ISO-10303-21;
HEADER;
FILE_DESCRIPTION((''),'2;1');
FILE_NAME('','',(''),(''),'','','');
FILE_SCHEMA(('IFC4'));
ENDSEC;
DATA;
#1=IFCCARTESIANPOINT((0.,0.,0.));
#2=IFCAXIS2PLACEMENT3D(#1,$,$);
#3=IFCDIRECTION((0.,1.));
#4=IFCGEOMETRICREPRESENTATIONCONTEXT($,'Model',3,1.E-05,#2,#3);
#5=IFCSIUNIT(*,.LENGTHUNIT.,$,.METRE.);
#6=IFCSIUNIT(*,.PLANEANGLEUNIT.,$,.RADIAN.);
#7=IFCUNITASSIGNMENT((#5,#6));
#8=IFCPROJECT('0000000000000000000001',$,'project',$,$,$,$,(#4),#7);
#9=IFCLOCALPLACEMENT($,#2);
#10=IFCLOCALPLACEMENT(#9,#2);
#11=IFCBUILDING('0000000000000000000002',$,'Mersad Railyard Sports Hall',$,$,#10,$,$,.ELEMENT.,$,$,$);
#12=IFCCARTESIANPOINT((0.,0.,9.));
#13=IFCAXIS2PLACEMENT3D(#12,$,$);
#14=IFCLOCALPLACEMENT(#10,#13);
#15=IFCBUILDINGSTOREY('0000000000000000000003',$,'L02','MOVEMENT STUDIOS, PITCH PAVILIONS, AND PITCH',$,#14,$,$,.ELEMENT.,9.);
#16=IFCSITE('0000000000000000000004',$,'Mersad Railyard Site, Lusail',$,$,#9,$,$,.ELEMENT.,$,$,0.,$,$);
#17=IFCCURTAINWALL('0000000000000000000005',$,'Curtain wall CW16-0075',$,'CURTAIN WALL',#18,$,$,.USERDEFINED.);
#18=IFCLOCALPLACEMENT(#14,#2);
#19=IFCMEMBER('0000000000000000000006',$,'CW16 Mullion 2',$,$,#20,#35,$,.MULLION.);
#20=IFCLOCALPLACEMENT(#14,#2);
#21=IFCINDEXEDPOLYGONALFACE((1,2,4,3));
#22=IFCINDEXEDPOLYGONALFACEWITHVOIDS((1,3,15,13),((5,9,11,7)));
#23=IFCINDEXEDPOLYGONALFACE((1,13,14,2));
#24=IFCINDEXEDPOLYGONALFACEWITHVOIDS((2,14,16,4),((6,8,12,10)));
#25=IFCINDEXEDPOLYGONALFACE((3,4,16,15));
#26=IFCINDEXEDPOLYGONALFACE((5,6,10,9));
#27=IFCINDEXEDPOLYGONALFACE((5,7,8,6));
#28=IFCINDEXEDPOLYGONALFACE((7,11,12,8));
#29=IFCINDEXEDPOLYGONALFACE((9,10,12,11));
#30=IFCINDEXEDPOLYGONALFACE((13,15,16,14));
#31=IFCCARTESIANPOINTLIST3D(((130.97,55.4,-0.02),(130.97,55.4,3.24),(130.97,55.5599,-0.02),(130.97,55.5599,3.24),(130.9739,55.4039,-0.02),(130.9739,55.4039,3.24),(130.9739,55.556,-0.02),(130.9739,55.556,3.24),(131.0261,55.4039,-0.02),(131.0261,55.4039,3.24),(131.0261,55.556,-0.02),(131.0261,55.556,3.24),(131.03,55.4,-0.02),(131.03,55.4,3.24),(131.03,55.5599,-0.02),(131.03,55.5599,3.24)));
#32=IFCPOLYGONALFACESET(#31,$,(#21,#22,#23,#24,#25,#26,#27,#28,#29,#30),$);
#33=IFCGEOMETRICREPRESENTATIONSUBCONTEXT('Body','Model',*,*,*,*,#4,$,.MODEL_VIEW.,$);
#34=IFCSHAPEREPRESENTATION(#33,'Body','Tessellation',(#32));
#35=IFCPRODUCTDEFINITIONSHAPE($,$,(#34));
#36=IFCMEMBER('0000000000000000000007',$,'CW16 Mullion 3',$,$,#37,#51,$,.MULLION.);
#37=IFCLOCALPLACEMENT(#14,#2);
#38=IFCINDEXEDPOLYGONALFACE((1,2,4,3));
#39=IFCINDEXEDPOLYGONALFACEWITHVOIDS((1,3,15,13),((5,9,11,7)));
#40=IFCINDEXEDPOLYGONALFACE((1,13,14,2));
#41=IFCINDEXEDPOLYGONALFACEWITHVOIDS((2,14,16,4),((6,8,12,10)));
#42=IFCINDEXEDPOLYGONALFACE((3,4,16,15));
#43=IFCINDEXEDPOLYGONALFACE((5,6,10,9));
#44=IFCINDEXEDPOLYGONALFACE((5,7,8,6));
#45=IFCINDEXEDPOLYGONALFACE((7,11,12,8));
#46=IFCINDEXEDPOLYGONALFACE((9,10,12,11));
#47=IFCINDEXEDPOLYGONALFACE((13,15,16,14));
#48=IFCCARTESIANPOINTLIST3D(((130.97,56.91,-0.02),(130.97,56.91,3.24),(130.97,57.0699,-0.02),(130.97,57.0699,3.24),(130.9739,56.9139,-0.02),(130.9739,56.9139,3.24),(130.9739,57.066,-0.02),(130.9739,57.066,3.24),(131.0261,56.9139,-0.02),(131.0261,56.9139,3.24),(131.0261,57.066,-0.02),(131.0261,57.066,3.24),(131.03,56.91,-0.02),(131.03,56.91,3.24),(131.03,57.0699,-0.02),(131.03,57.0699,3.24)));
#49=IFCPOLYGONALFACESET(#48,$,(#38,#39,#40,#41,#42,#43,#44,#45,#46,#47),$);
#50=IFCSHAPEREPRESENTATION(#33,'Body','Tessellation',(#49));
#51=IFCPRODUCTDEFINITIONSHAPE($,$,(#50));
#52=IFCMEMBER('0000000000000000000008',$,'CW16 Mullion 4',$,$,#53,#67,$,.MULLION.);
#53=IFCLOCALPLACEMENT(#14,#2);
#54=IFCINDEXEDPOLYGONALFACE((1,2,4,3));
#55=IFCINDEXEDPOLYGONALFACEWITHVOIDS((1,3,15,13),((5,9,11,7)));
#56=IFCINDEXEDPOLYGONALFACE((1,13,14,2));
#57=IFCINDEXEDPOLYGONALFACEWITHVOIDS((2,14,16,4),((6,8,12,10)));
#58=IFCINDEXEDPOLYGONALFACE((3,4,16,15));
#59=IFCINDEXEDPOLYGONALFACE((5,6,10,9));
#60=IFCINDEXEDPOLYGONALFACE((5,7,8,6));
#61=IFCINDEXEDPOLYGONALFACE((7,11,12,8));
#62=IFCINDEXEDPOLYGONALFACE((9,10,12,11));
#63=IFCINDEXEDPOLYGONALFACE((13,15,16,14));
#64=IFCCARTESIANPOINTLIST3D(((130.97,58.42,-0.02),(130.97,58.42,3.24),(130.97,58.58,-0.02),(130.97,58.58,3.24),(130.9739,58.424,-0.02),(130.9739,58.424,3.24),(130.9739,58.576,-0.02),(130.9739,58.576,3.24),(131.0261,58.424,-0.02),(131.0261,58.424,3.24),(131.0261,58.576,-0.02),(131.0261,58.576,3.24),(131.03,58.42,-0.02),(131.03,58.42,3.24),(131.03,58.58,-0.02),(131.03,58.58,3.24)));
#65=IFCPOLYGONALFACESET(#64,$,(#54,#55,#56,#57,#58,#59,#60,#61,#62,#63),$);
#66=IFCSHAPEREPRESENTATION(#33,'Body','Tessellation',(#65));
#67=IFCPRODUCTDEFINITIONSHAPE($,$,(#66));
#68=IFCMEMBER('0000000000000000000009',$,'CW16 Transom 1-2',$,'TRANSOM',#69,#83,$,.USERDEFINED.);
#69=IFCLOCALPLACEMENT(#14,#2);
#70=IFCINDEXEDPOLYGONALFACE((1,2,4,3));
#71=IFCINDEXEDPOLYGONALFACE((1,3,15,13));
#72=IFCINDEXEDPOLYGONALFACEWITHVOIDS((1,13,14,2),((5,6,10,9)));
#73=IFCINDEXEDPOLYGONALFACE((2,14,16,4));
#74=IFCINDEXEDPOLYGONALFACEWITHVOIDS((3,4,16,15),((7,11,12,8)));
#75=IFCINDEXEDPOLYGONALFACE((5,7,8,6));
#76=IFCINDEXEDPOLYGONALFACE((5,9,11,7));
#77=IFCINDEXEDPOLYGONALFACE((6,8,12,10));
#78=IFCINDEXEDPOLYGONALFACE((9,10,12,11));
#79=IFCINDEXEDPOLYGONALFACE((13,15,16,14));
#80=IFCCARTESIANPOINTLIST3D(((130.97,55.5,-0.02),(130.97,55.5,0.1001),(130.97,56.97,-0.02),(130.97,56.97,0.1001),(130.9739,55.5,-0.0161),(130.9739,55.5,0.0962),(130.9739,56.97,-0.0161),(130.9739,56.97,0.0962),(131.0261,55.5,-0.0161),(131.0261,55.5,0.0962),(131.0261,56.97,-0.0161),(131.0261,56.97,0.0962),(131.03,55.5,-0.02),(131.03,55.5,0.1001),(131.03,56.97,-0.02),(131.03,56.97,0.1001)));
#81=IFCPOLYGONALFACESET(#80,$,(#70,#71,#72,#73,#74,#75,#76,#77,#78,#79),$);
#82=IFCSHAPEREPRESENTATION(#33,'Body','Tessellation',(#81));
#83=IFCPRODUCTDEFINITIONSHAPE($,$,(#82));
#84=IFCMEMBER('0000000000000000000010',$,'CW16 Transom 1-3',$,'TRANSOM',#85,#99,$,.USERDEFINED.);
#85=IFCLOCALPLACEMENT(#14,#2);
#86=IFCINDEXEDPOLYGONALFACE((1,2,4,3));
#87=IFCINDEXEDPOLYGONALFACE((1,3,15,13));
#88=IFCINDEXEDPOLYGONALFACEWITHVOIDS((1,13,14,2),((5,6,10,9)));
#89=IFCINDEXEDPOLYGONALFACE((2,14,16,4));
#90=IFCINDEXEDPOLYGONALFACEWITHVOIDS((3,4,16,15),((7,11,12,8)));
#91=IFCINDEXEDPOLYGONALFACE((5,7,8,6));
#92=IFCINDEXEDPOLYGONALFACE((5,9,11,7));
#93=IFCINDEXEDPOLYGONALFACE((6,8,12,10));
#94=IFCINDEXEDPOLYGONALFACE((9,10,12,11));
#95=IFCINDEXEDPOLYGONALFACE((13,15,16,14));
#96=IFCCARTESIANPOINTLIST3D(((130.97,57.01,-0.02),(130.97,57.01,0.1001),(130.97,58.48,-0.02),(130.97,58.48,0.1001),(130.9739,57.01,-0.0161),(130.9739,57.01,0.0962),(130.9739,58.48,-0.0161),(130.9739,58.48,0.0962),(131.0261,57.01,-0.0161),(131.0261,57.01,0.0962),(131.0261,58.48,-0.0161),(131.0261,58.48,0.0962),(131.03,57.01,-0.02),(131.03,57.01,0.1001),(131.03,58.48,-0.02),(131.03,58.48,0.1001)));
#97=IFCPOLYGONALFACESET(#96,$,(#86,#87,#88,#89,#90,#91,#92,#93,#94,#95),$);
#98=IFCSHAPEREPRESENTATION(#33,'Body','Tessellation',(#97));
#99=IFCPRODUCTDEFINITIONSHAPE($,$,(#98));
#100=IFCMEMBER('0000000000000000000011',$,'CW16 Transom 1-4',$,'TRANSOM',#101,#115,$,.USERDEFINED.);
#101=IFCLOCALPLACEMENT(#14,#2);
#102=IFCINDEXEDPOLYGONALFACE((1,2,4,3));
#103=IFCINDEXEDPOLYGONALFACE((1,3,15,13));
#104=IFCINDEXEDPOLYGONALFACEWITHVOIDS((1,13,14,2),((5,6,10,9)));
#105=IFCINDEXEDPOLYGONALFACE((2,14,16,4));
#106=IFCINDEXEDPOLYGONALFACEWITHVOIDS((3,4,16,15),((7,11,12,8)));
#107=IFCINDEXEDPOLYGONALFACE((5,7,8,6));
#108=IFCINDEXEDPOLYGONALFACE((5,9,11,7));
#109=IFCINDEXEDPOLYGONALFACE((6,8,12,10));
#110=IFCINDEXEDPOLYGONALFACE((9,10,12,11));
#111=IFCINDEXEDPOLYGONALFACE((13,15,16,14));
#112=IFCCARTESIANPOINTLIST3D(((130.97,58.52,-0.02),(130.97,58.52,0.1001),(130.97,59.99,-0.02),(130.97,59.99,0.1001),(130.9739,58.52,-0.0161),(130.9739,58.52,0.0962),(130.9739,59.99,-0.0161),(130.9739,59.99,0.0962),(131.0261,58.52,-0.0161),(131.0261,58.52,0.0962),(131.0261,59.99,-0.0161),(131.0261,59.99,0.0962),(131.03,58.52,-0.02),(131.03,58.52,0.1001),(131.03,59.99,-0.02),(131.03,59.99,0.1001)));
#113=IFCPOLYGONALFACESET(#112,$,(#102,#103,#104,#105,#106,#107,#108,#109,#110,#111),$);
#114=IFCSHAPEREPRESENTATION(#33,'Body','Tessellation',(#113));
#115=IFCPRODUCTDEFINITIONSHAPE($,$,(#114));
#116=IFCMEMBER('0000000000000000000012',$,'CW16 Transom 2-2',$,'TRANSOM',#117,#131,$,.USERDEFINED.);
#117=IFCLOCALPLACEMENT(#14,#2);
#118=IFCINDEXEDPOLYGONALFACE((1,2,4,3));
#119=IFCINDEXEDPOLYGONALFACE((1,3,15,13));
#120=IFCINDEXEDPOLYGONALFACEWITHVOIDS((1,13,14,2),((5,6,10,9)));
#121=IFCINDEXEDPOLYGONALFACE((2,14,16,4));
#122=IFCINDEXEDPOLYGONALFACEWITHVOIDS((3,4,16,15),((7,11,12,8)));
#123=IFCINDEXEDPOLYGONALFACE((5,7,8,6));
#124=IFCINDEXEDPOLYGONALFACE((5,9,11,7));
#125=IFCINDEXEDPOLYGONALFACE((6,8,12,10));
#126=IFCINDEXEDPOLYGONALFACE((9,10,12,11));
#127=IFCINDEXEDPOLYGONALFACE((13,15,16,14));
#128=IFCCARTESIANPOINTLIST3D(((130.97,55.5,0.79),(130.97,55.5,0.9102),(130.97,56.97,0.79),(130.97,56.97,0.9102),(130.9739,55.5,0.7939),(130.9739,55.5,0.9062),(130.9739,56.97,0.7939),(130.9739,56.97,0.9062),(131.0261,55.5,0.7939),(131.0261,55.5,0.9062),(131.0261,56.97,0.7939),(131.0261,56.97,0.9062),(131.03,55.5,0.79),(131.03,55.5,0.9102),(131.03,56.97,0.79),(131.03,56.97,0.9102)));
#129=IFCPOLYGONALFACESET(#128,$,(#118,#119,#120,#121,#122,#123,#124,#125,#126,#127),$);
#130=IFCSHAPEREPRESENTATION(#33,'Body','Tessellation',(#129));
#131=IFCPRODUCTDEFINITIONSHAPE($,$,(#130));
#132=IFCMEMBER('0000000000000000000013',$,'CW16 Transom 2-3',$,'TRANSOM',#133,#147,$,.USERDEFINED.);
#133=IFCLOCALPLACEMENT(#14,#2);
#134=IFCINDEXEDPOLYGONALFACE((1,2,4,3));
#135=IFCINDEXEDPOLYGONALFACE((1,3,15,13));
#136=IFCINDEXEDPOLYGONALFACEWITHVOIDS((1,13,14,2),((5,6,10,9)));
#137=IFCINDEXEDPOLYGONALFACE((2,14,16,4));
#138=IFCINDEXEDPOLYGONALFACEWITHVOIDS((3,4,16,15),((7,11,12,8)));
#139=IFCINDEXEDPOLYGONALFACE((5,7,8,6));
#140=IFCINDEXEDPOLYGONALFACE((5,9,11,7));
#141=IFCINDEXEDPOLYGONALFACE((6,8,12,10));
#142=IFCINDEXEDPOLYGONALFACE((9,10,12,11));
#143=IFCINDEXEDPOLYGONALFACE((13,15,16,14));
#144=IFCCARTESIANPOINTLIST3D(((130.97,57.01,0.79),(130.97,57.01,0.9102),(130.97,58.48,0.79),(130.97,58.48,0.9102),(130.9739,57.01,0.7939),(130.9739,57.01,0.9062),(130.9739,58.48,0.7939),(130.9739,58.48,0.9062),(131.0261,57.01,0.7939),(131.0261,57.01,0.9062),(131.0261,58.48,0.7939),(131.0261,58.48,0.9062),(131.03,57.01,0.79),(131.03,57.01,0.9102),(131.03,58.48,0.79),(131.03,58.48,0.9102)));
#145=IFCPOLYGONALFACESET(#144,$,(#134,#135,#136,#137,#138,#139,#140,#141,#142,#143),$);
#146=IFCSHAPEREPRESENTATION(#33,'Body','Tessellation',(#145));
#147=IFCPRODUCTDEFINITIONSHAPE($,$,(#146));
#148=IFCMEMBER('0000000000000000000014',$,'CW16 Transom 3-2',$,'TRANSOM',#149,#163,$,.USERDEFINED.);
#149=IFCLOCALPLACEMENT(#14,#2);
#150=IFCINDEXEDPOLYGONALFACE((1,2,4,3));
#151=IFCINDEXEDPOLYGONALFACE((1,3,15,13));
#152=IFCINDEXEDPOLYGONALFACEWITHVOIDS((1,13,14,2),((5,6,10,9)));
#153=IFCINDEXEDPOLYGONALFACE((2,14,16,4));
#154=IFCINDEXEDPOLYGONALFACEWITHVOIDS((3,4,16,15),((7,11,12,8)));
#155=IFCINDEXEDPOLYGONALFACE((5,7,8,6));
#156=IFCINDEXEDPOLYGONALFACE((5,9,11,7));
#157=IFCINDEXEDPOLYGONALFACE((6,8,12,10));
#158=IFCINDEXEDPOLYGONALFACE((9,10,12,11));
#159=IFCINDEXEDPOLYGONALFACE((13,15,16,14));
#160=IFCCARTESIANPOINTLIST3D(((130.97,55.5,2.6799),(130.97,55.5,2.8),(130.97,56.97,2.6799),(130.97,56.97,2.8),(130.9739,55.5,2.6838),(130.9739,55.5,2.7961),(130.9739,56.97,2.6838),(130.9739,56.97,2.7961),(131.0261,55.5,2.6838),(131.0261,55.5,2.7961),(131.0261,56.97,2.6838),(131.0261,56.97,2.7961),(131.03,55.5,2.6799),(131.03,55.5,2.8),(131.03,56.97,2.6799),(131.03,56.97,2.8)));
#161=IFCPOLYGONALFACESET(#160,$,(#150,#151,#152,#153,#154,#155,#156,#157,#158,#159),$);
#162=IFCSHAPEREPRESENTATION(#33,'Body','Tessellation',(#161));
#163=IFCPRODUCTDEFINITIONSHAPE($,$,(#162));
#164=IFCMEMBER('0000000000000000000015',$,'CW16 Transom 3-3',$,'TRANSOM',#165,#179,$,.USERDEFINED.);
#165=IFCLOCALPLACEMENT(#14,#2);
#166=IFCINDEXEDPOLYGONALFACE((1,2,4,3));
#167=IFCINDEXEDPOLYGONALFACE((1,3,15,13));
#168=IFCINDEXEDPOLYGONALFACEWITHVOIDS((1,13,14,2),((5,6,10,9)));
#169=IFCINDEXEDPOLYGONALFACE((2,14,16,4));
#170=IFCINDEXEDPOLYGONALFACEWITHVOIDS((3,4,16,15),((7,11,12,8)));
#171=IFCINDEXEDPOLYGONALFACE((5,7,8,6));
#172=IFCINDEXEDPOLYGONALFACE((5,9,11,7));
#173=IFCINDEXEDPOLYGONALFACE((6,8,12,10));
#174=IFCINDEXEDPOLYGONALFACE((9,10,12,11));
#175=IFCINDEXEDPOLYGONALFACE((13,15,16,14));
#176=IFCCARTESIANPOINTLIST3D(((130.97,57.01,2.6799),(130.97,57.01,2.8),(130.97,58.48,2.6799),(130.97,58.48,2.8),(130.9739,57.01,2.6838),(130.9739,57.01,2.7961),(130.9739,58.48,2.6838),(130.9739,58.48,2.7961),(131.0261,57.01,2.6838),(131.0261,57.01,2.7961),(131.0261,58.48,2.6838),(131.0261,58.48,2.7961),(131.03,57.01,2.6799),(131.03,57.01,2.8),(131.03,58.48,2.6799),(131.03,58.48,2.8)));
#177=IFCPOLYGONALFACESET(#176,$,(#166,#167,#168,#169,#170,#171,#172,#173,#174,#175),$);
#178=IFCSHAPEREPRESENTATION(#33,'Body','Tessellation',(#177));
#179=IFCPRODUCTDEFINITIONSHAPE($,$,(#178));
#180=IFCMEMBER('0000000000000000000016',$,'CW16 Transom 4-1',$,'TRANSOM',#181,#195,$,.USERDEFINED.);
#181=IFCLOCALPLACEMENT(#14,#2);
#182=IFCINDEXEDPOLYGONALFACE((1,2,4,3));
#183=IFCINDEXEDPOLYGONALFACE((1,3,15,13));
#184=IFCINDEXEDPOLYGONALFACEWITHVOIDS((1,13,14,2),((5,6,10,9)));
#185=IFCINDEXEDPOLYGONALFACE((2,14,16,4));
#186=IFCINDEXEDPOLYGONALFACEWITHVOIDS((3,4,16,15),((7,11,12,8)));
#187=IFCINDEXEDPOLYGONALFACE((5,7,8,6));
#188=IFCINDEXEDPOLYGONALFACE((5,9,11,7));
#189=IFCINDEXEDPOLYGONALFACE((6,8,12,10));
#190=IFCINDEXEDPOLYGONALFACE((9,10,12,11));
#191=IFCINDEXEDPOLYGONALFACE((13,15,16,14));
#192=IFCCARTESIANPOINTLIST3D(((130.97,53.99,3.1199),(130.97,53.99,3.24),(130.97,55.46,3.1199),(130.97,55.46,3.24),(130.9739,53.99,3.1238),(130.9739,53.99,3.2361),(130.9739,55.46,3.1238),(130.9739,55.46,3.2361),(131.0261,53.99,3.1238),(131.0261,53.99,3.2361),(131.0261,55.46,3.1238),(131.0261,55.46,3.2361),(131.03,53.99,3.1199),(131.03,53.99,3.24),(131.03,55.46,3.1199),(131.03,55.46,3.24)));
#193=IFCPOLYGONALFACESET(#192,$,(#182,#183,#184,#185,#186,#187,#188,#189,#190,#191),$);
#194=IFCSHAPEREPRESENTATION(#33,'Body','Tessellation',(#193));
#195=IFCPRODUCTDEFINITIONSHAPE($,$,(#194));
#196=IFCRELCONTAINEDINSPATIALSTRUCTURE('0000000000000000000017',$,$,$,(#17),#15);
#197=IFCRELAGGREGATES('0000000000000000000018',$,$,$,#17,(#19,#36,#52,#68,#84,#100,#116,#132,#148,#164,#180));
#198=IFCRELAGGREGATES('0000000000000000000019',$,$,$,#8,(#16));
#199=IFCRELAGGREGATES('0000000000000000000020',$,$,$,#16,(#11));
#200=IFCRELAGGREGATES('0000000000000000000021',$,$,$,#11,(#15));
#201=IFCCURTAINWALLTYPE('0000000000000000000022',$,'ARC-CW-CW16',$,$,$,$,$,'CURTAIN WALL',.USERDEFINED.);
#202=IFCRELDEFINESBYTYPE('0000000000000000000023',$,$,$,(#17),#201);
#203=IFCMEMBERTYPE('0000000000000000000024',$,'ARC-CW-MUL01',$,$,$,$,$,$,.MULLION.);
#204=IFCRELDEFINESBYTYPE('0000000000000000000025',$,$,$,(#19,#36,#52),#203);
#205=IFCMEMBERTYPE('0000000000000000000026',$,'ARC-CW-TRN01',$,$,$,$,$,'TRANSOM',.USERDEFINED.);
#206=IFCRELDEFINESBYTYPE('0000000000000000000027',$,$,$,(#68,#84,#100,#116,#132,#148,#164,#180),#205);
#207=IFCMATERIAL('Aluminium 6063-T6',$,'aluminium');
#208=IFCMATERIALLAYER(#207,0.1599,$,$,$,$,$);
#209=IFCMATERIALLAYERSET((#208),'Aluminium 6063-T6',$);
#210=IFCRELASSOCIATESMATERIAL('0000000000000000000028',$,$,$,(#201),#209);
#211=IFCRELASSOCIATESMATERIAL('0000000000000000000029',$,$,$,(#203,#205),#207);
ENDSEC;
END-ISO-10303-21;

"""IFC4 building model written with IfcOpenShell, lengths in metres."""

from ifc_helpers import new_model, si_unit, direction, frame, origin, origin_2d, place, context, subcontext, project, spatial, hollow_rectangle, extrude, material, layer, layer_set, material_profile, profile_set, type_object, element, aggregate, save


model = new_model("IFC4")

# Units and contexts
model_context = context("Model", 3, precision=1e-05, world=origin(), true_north=direction((0.0, 1.0)))
body_context = subcontext(model_context, "Body", "Model", "MODEL_VIEW")
ifc_project = project(units=[si_unit("LENGTHUNIT", "METRE"), si_unit("PLANEANGLEUNIT", "RADIAN")], contexts=[model_context])

# Site, building, storey
site_placement = place(None, origin())
site = spatial("IfcSite", under=ifc_project, at=site_placement, Name="Mersad Railyard Site, Lusail", CompositionType="ELEMENT", RefElevation=0.0)
building_placement = place(site_placement, origin())
building = spatial("IfcBuilding", under=site, at=building_placement, Name="Mersad Railyard Sports Hall", CompositionType="ELEMENT")
storey_placement = place(building_placement, frame((0.0, 0.0, 9.0)))
storey = spatial("IfcBuildingStorey", under=building, at=storey_placement, Name="L02", Description="MOVEMENT STUDIOS, PITCH PAVILIONS, AND PITCH", CompositionType="ELEMENT", Elevation=9.0)

# Curtain wall, members
ifc_material_1 = material(Name="Aluminium 6063-T6", Category="aluminium")
ifc_layer_1 = layer(ifc_material_1, 0.1599)
ifc_layer_set_1 = layer_set([ifc_layer_1], Name="Aluminium 6063-T6")
curtain_wall_type = type_object("IfcCurtainWallType", Name="ARC-CW-CW16", ElementType="CURTAIN WALL", PredefinedType="USERDEFINED", material=ifc_layer_set_1)
curtain_wall_placement = place(storey_placement, origin())
curtain_wall = element("IfcCurtainWall", 1, at=curtain_wall_placement, inside=storey, type_object=curtain_wall_type, Name="Curtain wall CW16-0075", ObjectType="CURTAIN WALL", PredefinedType="USERDEFINED")
ifc_material_profile_1 = material_profile(ifc_material_1, hollow_rectangle(XDim=0.0601, YDim=0.1599, WallThickness=0.0039, at=origin_2d()), Name="AL MULLION 60x160x4")
ifc_profile_set_1 = profile_set([ifc_material_profile_1], Name="Aluminium 6063-T6")
member_type_1 = type_object("IfcMemberType", Name="ARC-CW-MUL01", PredefinedType="MULLION", material=ifc_profile_set_1)
member_1_placement = place(storey_placement, frame((131.0, 55.48, -0.02), z_axis=(0.0, 0.0, 1.0), x_axis=(1.0, 0.0, 0.0)))
member_1 = element("IfcMember", 2, at=member_1_placement, type_object=member_type_1, Name="CW16 Mullion 2", PredefinedType="MULLION", context=body_context, shape_type="SweptSolid", body=[
    extrude(hollow_rectangle(XDim=0.0601, YDim=0.1599, WallThickness=0.0039, at=origin_2d()), origin(), (0.0, 0.0, 1.0), 3.26),
])
member_2_placement = place(storey_placement, frame((131.0, 56.99, -0.02), z_axis=(0.0, 0.0, 1.0), x_axis=(1.0, 0.0, 0.0)))
member_2 = element("IfcMember", 3, at=member_2_placement, type_object=member_type_1, Name="CW16 Mullion 3", PredefinedType="MULLION", context=body_context, shape_type="SweptSolid", body=[
    extrude(hollow_rectangle(XDim=0.0601, YDim=0.1599, WallThickness=0.0039, at=origin_2d()), origin(), (0.0, 0.0, 1.0), 3.26),
])
member_3_placement = place(storey_placement, frame((131.0, 58.5, -0.02), z_axis=(0.0, 0.0, 1.0), x_axis=(1.0, 0.0, 0.0)))
member_3 = element("IfcMember", 4, at=member_3_placement, type_object=member_type_1, Name="CW16 Mullion 4", PredefinedType="MULLION", context=body_context, shape_type="SweptSolid", body=[
    extrude(hollow_rectangle(XDim=0.0601, YDim=0.1599, WallThickness=0.0039, at=origin_2d()), origin(), (0.0, 0.0, 1.0), 3.26),
])
ifc_material_profile_2 = material_profile(ifc_material_1, hollow_rectangle(XDim=0.0601, YDim=0.1201, WallThickness=0.0039, at=origin_2d()), Name="AL TRANSOM 60x120x4")
ifc_profile_set_2 = profile_set([ifc_material_profile_2], Name="Aluminium 6063-T6")
member_type_2 = type_object("IfcMemberType", Name="ARC-CW-TRN01", ElementType="TRANSOM", PredefinedType="USERDEFINED", material=ifc_profile_set_2)
member_4_placement = place(storey_placement, frame((131.0, 55.5, 0.04), z_axis=(0.0, 1.0, 0.0), x_axis=(-1.0, 0.0, 0.0)))
member_4 = element("IfcMember", 5, at=member_4_placement, type_object=member_type_2, Name="CW16 Transom 1-2", ObjectType="TRANSOM", PredefinedType="USERDEFINED", context=body_context, shape_type="SweptSolid", body=[
    extrude(hollow_rectangle(XDim=0.0601, YDim=0.1201, WallThickness=0.0039, at=origin_2d()), origin(), (0.0, 0.0, 1.0), 1.47),
])
member_5_placement = place(storey_placement, frame((131.0, 57.01, 0.04), z_axis=(0.0, 1.0, 0.0), x_axis=(-1.0, 0.0, 0.0)))
member_5 = element("IfcMember", 6, at=member_5_placement, type_object=member_type_2, Name="CW16 Transom 1-3", ObjectType="TRANSOM", PredefinedType="USERDEFINED", context=body_context, shape_type="SweptSolid", body=[
    extrude(hollow_rectangle(XDim=0.0601, YDim=0.1201, WallThickness=0.0039, at=origin_2d()), origin(), (0.0, 0.0, 1.0), 1.47),
])
member_6_placement = place(storey_placement, frame((131.0, 58.52, 0.04), z_axis=(0.0, 1.0, 0.0), x_axis=(-1.0, 0.0, 0.0)))
member_6 = element("IfcMember", 7, at=member_6_placement, type_object=member_type_2, Name="CW16 Transom 1-4", ObjectType="TRANSOM", PredefinedType="USERDEFINED", context=body_context, shape_type="SweptSolid", body=[
    extrude(hollow_rectangle(XDim=0.0601, YDim=0.1201, WallThickness=0.0039, at=origin_2d()), origin(), (0.0, 0.0, 1.0), 1.47),
])
member_7_placement = place(storey_placement, frame((131.0, 55.5, 0.8501), z_axis=(0.0, 1.0, 0.0), x_axis=(-1.0, 0.0, 0.0)))
member_7 = element("IfcMember", 8, at=member_7_placement, type_object=member_type_2, Name="CW16 Transom 2-2", ObjectType="TRANSOM", PredefinedType="USERDEFINED", context=body_context, shape_type="SweptSolid", body=[
    extrude(hollow_rectangle(XDim=0.0601, YDim=0.1201, WallThickness=0.0039, at=origin_2d()), origin(), (0.0, 0.0, 1.0), 1.47),
])
member_8_placement = place(storey_placement, frame((131.0, 57.01, 0.8501), z_axis=(0.0, 1.0, 0.0), x_axis=(-1.0, 0.0, 0.0)))
member_8 = element("IfcMember", 9, at=member_8_placement, type_object=member_type_2, Name="CW16 Transom 2-3", ObjectType="TRANSOM", PredefinedType="USERDEFINED", context=body_context, shape_type="SweptSolid", body=[
    extrude(hollow_rectangle(XDim=0.0601, YDim=0.1201, WallThickness=0.0039, at=origin_2d()), origin(), (0.0, 0.0, 1.0), 1.47),
])
member_9_placement = place(storey_placement, frame((131.0, 55.5, 2.74), z_axis=(0.0, 1.0, 0.0), x_axis=(-1.0, 0.0, 0.0)))
member_9 = element("IfcMember", 10, at=member_9_placement, type_object=member_type_2, Name="CW16 Transom 3-2", ObjectType="TRANSOM", PredefinedType="USERDEFINED", context=body_context, shape_type="SweptSolid", body=[
    extrude(hollow_rectangle(XDim=0.0601, YDim=0.1201, WallThickness=0.0039, at=origin_2d()), origin(), (0.0, 0.0, 1.0), 1.47),
])
member_10_placement = place(storey_placement, frame((131.0, 57.01, 2.74), z_axis=(0.0, 1.0, 0.0), x_axis=(-1.0, 0.0, 0.0)))
member_10 = element("IfcMember", 11, at=member_10_placement, type_object=member_type_2, Name="CW16 Transom 3-3", ObjectType="TRANSOM", PredefinedType="USERDEFINED", context=body_context, shape_type="SweptSolid", body=[
    extrude(hollow_rectangle(XDim=0.0601, YDim=0.1201, WallThickness=0.0039, at=origin_2d()), origin(), (0.0, 0.0, 1.0), 1.47),
])
member_11_placement = place(storey_placement, frame((131.0, 53.99, 3.1799), z_axis=(0.0, 1.0, 0.0), x_axis=(-1.0, 0.0, 0.0)))
member_11 = element("IfcMember", 12, at=member_11_placement, type_object=member_type_2, Name="CW16 Transom 4-1", ObjectType="TRANSOM", PredefinedType="USERDEFINED", context=body_context, shape_type="SweptSolid", body=[
    extrude(hollow_rectangle(XDim=0.0601, YDim=0.1201, WallThickness=0.0039, at=origin_2d()), origin(), (0.0, 0.0, 1.0), 1.47),
])
aggregate(curtain_wall, [member_1, member_2, member_3, member_4, member_5, member_6, member_7, member_8, member_9, member_10, member_11])

save(model, "model.ifc")
